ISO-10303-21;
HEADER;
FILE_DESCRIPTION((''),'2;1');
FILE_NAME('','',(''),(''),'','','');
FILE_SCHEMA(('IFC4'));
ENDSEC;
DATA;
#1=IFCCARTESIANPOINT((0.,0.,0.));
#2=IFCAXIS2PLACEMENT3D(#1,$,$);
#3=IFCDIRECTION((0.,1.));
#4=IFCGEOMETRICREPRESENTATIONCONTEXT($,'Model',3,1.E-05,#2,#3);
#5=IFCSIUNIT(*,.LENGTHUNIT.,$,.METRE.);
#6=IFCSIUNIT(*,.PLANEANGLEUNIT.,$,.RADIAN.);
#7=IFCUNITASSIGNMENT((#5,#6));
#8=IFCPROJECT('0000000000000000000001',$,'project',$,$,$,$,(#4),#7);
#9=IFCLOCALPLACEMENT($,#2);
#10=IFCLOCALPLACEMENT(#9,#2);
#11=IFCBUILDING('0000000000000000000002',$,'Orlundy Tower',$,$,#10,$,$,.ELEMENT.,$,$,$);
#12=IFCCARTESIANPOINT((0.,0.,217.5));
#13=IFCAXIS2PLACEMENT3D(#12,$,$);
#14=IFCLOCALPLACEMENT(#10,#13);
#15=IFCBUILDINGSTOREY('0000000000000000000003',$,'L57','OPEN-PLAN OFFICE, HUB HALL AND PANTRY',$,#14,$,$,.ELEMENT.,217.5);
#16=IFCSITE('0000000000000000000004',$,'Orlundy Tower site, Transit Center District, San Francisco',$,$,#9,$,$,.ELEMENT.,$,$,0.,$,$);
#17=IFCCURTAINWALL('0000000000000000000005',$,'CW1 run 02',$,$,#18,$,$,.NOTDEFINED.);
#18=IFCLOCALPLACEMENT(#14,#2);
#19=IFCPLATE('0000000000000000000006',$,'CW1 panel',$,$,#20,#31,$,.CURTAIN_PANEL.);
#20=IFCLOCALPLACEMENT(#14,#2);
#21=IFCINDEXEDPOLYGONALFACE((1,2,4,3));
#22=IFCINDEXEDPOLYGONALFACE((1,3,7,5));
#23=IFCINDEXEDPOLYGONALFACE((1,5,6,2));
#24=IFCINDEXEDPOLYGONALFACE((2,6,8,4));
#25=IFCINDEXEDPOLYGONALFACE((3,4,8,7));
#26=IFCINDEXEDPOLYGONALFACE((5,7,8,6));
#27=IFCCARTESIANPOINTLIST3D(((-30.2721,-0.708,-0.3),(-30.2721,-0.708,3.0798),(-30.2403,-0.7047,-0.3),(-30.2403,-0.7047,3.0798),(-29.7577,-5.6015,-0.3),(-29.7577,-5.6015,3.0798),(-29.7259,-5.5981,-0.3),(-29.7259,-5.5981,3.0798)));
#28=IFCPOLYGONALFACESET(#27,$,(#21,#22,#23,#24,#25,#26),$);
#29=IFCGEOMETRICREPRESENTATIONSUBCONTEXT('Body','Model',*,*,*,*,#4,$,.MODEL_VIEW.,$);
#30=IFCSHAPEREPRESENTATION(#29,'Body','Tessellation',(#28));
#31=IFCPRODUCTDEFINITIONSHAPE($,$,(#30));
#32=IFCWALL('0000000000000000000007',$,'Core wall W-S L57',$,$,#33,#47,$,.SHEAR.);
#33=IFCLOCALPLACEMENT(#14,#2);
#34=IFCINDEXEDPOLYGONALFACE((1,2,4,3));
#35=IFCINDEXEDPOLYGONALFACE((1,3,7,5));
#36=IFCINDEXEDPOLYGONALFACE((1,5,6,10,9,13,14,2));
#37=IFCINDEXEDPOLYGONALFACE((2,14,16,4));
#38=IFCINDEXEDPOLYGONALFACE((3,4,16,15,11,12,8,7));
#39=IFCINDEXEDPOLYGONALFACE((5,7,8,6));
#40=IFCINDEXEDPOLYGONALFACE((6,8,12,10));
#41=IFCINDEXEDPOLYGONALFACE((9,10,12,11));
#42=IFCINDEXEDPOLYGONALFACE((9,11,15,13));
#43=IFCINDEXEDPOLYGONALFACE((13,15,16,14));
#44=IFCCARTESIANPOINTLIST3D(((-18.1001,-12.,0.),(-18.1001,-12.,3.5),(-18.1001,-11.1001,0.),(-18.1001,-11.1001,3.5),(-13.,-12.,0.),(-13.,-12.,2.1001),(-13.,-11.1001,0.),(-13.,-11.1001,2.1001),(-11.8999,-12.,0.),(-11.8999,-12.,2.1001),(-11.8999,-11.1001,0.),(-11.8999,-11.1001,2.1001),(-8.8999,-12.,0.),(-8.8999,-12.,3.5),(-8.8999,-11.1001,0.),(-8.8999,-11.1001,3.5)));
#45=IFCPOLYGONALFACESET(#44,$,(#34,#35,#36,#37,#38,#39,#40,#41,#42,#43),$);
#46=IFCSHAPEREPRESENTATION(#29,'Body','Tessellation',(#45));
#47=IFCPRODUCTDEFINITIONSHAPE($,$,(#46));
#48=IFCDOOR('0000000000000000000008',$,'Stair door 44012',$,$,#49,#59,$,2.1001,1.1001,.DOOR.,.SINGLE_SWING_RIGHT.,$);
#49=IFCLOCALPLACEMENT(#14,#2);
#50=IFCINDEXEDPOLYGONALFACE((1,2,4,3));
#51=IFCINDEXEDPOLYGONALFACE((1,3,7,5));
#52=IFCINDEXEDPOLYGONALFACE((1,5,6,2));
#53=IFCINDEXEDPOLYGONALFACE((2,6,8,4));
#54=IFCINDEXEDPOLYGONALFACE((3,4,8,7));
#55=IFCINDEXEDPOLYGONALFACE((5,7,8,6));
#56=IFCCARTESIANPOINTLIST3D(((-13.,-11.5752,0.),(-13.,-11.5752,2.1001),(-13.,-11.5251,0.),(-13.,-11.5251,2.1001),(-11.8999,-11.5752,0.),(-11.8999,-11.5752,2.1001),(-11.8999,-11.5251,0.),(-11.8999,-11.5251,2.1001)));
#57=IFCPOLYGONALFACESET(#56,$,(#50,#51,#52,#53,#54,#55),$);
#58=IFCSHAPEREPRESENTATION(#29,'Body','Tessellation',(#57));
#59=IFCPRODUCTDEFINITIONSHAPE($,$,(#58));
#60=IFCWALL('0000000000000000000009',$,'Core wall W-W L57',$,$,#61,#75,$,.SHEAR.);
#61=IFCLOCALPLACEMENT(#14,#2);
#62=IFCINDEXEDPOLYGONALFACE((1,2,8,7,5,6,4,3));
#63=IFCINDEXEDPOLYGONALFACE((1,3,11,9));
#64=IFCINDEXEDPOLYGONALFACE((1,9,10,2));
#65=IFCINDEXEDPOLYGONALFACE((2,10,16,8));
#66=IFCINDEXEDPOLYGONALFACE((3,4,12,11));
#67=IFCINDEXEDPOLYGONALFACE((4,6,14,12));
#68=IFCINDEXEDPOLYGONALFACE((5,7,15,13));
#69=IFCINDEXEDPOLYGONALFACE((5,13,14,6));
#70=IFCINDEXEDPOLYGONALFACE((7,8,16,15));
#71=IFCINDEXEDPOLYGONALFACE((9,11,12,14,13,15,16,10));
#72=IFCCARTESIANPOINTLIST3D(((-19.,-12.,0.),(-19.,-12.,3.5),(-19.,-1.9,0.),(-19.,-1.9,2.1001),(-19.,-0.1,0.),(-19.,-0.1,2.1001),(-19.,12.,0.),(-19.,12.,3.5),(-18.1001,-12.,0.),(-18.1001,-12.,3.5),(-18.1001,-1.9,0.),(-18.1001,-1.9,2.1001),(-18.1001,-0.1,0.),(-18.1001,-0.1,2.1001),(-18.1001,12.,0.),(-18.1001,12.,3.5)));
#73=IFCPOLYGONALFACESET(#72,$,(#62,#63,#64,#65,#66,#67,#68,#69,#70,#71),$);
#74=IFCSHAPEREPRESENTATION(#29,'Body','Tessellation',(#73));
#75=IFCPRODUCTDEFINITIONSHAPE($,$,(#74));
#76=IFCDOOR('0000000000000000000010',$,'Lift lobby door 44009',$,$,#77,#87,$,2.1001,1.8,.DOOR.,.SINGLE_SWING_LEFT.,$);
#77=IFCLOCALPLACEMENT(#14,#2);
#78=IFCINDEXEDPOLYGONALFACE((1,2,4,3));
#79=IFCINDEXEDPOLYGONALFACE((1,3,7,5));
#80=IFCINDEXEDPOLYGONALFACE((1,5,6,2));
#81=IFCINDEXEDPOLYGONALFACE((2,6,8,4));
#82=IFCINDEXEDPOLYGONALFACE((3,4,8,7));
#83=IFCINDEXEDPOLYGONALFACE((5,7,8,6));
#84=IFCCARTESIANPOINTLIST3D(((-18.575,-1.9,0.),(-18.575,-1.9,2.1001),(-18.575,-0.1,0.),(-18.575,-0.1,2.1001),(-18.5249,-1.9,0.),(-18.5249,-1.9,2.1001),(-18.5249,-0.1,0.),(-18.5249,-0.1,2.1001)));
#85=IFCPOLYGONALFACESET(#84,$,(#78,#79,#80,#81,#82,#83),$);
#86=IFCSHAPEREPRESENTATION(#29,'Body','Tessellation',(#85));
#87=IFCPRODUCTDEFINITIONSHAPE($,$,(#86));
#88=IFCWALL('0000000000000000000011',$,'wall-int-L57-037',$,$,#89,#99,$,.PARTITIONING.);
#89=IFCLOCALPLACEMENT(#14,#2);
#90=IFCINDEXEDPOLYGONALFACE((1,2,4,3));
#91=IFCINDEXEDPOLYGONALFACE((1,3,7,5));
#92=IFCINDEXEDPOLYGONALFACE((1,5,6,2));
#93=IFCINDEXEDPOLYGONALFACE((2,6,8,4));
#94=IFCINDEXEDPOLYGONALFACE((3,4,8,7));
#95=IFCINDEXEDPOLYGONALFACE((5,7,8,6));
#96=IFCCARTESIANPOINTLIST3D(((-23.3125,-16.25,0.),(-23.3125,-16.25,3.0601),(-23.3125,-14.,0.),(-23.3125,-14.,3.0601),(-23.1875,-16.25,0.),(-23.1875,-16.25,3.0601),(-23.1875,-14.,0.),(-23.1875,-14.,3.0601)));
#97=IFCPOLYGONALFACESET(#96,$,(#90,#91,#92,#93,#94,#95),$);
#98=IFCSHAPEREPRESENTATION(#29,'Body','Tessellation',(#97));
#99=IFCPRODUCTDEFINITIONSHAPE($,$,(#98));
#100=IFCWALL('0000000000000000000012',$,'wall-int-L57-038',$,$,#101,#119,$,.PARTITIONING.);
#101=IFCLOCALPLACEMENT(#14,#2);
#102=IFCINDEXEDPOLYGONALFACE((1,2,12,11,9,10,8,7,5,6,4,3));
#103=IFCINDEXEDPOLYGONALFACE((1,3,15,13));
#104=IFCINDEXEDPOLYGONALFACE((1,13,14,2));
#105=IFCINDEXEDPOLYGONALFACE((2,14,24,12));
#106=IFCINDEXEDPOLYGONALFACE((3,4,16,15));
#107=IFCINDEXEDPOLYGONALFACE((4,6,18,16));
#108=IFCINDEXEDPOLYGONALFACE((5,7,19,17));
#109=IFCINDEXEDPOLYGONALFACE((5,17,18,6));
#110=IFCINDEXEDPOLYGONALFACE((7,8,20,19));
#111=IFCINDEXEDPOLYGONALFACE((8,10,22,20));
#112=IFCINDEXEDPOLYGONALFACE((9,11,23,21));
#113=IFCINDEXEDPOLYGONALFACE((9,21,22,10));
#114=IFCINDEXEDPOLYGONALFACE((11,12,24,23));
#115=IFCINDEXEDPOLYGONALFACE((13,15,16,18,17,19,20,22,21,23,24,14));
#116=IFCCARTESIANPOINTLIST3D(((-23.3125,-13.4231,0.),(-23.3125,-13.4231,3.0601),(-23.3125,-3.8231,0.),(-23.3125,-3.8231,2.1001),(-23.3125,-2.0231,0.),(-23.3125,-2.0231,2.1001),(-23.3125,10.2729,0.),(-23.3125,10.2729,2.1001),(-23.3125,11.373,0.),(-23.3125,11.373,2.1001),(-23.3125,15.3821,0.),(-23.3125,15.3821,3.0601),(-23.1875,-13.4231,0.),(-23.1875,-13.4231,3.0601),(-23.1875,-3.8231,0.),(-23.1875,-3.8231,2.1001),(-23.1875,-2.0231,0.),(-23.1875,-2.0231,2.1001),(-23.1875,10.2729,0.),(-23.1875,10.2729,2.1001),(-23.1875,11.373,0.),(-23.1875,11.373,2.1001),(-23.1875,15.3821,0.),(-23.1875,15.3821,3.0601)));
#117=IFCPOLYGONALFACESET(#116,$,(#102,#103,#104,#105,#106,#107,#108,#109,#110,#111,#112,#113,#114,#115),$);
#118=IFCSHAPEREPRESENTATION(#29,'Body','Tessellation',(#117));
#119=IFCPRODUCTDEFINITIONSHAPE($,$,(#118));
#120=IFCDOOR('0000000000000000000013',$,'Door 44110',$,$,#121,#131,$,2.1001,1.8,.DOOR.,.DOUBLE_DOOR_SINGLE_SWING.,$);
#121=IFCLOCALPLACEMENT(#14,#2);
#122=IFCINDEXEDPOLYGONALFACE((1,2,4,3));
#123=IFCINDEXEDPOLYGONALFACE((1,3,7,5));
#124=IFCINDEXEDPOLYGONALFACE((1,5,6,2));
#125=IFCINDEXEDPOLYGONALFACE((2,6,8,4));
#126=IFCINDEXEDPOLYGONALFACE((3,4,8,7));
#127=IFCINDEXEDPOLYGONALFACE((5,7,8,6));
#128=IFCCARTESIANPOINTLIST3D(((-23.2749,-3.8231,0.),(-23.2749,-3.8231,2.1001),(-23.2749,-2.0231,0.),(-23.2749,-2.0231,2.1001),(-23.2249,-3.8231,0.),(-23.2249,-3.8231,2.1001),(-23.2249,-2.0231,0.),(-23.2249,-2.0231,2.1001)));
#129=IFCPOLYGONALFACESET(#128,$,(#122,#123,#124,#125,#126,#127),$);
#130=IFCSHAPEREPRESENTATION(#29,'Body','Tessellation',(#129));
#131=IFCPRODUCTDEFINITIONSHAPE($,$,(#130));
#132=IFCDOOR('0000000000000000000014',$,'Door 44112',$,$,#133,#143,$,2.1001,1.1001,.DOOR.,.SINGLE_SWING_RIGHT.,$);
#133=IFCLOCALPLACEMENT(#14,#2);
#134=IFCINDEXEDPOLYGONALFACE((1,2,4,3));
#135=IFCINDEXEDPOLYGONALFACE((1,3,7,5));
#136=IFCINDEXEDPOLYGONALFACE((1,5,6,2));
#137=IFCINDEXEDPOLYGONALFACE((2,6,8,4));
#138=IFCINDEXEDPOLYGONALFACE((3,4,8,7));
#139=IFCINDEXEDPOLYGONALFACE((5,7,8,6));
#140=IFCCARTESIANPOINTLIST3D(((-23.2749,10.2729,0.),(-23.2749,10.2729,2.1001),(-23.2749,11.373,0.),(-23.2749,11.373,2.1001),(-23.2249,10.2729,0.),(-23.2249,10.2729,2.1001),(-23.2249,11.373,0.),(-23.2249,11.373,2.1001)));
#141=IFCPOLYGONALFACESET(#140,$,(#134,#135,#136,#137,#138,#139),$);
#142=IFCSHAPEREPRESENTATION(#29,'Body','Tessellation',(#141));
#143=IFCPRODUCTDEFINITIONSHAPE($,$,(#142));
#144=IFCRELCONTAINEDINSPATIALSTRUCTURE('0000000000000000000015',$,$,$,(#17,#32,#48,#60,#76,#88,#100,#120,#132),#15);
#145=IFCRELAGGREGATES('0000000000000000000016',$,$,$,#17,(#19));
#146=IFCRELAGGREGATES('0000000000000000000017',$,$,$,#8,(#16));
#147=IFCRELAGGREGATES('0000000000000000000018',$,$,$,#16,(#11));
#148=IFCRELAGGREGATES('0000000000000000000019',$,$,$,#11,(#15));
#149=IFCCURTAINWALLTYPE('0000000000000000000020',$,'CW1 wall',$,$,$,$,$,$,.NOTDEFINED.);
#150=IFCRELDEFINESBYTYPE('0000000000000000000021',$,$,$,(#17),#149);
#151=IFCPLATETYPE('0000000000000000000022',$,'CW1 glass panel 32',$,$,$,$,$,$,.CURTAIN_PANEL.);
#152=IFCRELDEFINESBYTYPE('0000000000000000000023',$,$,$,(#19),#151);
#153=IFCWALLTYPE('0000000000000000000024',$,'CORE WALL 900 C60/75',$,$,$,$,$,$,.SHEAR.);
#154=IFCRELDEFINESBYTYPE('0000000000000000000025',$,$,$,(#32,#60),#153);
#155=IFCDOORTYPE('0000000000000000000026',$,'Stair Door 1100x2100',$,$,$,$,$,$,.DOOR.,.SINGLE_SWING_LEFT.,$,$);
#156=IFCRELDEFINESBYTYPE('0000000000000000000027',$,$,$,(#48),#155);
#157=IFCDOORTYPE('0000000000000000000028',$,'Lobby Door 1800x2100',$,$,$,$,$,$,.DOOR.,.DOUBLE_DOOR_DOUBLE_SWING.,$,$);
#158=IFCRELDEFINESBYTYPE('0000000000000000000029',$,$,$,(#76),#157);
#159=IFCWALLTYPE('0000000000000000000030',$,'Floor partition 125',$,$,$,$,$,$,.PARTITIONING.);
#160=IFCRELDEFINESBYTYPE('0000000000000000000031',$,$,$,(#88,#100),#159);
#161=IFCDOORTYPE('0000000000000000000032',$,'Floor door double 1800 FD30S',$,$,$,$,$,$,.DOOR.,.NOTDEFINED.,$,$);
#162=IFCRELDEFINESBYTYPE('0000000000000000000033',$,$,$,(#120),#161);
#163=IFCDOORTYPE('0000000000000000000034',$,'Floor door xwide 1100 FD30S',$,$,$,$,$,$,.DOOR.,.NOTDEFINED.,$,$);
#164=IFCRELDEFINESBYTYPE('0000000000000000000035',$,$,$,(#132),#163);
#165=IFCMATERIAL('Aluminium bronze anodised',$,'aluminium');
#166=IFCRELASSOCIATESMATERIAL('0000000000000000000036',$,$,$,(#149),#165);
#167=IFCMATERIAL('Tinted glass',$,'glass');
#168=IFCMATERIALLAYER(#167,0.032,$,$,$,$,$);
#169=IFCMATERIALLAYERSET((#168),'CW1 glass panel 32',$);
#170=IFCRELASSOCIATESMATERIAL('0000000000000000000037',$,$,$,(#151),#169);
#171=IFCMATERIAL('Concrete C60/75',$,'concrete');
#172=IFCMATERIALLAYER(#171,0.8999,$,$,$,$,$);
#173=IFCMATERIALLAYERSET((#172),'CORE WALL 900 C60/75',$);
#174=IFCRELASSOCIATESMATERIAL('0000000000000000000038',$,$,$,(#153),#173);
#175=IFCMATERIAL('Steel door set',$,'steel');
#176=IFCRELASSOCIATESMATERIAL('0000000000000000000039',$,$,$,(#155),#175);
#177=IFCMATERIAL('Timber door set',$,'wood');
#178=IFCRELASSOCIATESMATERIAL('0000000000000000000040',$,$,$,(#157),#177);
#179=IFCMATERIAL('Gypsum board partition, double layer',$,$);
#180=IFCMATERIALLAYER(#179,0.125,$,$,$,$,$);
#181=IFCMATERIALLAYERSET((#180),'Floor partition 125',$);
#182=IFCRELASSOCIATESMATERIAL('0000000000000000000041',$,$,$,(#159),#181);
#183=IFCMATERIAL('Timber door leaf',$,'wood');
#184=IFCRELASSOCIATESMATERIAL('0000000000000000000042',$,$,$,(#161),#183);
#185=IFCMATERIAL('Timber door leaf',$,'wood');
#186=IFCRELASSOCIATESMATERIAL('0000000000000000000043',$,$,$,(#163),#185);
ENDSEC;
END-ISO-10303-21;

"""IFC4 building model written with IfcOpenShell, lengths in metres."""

from ifc_helpers import new_model, si_unit, direction, frame, frame_2d, origin, origin_2d, place, context, subcontext, project, spatial, rectangle, extrude, material, layer, layer_set, type_object, element, fill, aggregate, save


model = new_model("IFC4")

# Units and contexts
model_context = context("Model", 3, precision=1e-05, world=origin(), true_north=direction((0.0, 1.0)))
body_context = subcontext(model_context, "Body", "Model", "MODEL_VIEW")
ifc_project = project(units=[si_unit("LENGTHUNIT", "METRE"), si_unit("PLANEANGLEUNIT", "RADIAN")], contexts=[model_context])

# Site, building, storey
site_placement = place(None, origin())
site = spatial("IfcSite", under=ifc_project, at=site_placement, Name="Orlundy Tower site, Transit Center District, San Francisco", CompositionType="ELEMENT", RefElevation=0.0)
building_placement = place(site_placement, origin())
building = spatial("IfcBuilding", under=site, at=building_placement, Name="Orlundy Tower", CompositionType="ELEMENT")
storey_placement = place(building_placement, frame((0.0, 0.0, 217.5)))
storey = spatial("IfcBuildingStorey", under=building, at=storey_placement, Name="L57", Description="OPEN-PLAN OFFICE, HUB HALL AND PANTRY", CompositionType="ELEMENT", Elevation=217.5)

# Curtain wall
ifc_material_1 = material(Name="Aluminium bronze anodised", Category="aluminium")
curtain_wall_type = type_object("IfcCurtainWallType", Name="CW1 wall", PredefinedType="NOTDEFINED", material=ifc_material_1)
curtain_wall_1_placement = place(storey_placement, origin())
curtain_wall_1 = element("IfcCurtainWall", 1, at=curtain_wall_1_placement, inside=storey, type_object=curtain_wall_type, Name="CW1 run 02", PredefinedType="NOTDEFINED")

# Plate
ifc_material_2 = material(Name="Tinted glass", Category="glass")
ifc_layer_1 = layer(ifc_material_2, 0.032)
ifc_layer_set_1 = layer_set([ifc_layer_1], Name="CW1 glass panel 32")
plate_type = type_object("IfcPlateType", Name="CW1 glass panel 32", PredefinedType="CURTAIN_PANEL", material=ifc_layer_set_1)
plate_1_placement = place(storey_placement, frame((-29.999, -3.1531, -0.3), z_axis=(0.0, 0.0, 1.0), x_axis=(-0.104538, 0.994521, 0.0)))
plate_1 = element("IfcPlate", 2, at=plate_1_placement, type_object=plate_type, Name="CW1 panel", PredefinedType="CURTAIN_PANEL", context=body_context, shape_type="SweptSolid", body=[
    extrude(rectangle(XDim=4.9204, YDim=0.032, at=origin_2d()), origin(), (0.0, 0.0, 1.0), 3.3799),
])
aggregate(curtain_wall_1, [plate_1])

# Walls, openings, doors
ifc_material_3 = material(Name="Concrete C60/75", Category="concrete")
ifc_layer_2 = layer(ifc_material_3, 0.8999)
ifc_layer_set_2 = layer_set([ifc_layer_2], Name="CORE WALL 900 C60/75")
wall_type_1 = type_object("IfcWallType", Name="CORE WALL 900 C60/75", PredefinedType="SHEAR", material=ifc_layer_set_2)
wall_1_placement = place(storey_placement, frame((-18.1001, -11.55, 0.0), z_axis=(0.0, 0.0, 1.0), x_axis=(1.0, 0.0, 0.0)))
wall_1 = element("IfcWall", 3, at=wall_1_placement, inside=storey, type_object=wall_type_1, Name="Core wall W-S L57", PredefinedType="SHEAR", context=body_context, shape_type="SweptSolid", body=[
    extrude(rectangle(XDim=9.2002, YDim=0.8999, at=frame_2d((4.6001, 0.0))), origin(), (0.0, 0.0, 1.0), 3.5),
])
opening_1_placement = place(wall_1_placement, frame((5.1001, 0.0, 0.0)))
opening_1 = element("IfcOpeningElement", 4, at=opening_1_placement, cuts=wall_1, PredefinedType="OPENING", context=body_context, shape_type="SweptSolid", body=[
    extrude(rectangle(XDim=1.1001, YDim=2.1001, at=frame_2d((0.55, 1.05))), frame((0.0, 0.46, 0.0), z_axis=(0.0, -1.0, 0.0), x_axis=(1.0, 0.0, 0.0)), (0.0, 0.0, 1.0), 0.9199),
])
ifc_material_4 = material(Name="Steel door set", Category="steel")
door_type_1 = type_object("IfcDoorType", Name="Stair Door 1100x2100", OperationType="SINGLE_SWING_LEFT", PredefinedType="DOOR", material=ifc_material_4)
door_1_placement = place(opening_1_placement, origin())
door_1 = element("IfcDoor", 5, at=door_1_placement, inside=storey, type_object=door_type_1, Name="Stair door 44012", OperationType="SINGLE_SWING_RIGHT", OverallHeight=2.1001, OverallWidth=1.1001, PredefinedType="DOOR", context=body_context, shape_type="SweptSolid", body=[
    extrude(rectangle(XDim=1.1001, YDim=2.1001, at=frame_2d((0.55, 1.05))), frame((0.0, 0.0249, 0.0), z_axis=(0.0, -1.0, 0.0), x_axis=(1.0, 0.0, 0.0)), (0.0, 0.0, 1.0), 0.05),
])
fill(opening_1, door_1)
wall_2_placement = place(storey_placement, frame((-18.55, -12.0, 0.0), z_axis=(0.0, 0.0, 1.0), x_axis=(0.0, 1.0, 0.0)))
wall_2 = element("IfcWall", 6, at=wall_2_placement, inside=storey, type_object=wall_type_1, Name="Core wall W-W L57", PredefinedType="SHEAR", context=body_context, shape_type="SweptSolid", body=[
    extrude(rectangle(XDim=24.0, YDim=0.8999, at=frame_2d((12.0, 0.0))), origin(), (0.0, 0.0, 1.0), 3.5),
])
opening_2_placement = place(wall_2_placement, frame((10.1001, 0.0, 0.0)))
opening_2 = element("IfcOpeningElement", 7, at=opening_2_placement, cuts=wall_2, PredefinedType="OPENING", context=body_context, shape_type="SweptSolid", body=[
    extrude(rectangle(XDim=1.8, YDim=2.1001, at=frame_2d((0.8999, 1.05))), frame((0.0, 0.46, 0.0), z_axis=(0.0, -1.0, 0.0), x_axis=(1.0, 0.0, 0.0)), (0.0, 0.0, 1.0), 0.9199),
])
ifc_material_5 = material(Name="Timber door set", Category="wood")
door_type_2 = type_object("IfcDoorType", Name="Lobby Door 1800x2100", OperationType="DOUBLE_DOOR_DOUBLE_SWING", PredefinedType="DOOR", material=ifc_material_5)
door_2_placement = place(opening_2_placement, origin())
door_2 = element("IfcDoor", 8, at=door_2_placement, inside=storey, type_object=door_type_2, Name="Lift lobby door 44009", OperationType="SINGLE_SWING_LEFT", OverallHeight=2.1001, OverallWidth=1.8, PredefinedType="DOOR", context=body_context, shape_type="SweptSolid", body=[
    extrude(rectangle(XDim=1.8, YDim=2.1001, at=frame_2d((0.8999, 1.05))), frame((0.0, 0.0249, 0.0), z_axis=(0.0, -1.0, 0.0), x_axis=(1.0, 0.0, 0.0)), (0.0, 0.0, 1.0), 0.05),
])
fill(opening_2, door_2)

# Wall
ifc_material_6 = material(Name="Gypsum board partition, double layer")
ifc_layer_3 = layer(ifc_material_6, 0.125)
ifc_layer_set_3 = layer_set([ifc_layer_3], Name="Floor partition 125")
wall_type_2 = type_object("IfcWallType", Name="Floor partition 125", PredefinedType="PARTITIONING", material=ifc_layer_set_3)
wall_3_placement = place(storey_placement, frame((-23.25, -16.25, 0.0), z_axis=(0.0, 0.0, 1.0), x_axis=(0.0, 1.0, 0.0)))
element("IfcWall", 9, at=wall_3_placement, inside=storey, type_object=wall_type_2, Name="wall-int-L57-037", PredefinedType="PARTITIONING", context=body_context, shape_type="SweptSolid", body=[
    extrude(rectangle(XDim=2.25, YDim=0.125, at=frame_2d((1.125, 0.0))), origin(), (0.0, 0.0, 1.0), 3.0601),
])

# Wall, openings, doors
wall_4_placement = place(storey_placement, frame((-23.25, -13.4231, 0.0), z_axis=(0.0, 0.0, 1.0), x_axis=(0.0, 1.0, 0.0)))
wall_4 = element("IfcWall", 10, at=wall_4_placement, inside=storey, type_object=wall_type_2, Name="wall-int-L57-038", PredefinedType="PARTITIONING", context=body_context, shape_type="SweptSolid", body=[
    extrude(rectangle(XDim=28.8052, YDim=0.125, at=frame_2d((14.4026, 0.0))), origin(), (0.0, 0.0, 1.0), 3.0601),
])
opening_3_placement = place(wall_4_placement, frame((9.6001, 0.0, 0.0)))
opening_3 = element("IfcOpeningElement", 11, at=opening_3_placement, cuts=wall_4, PredefinedType="OPENING", context=body_context, shape_type="SweptSolid", body=[
    extrude(rectangle(XDim=1.8, YDim=2.1001, at=frame_2d((0.8999, 1.05))), frame((0.0, 0.0725, 0.0), z_axis=(0.0, -1.0, 0.0), x_axis=(1.0, 0.0, 0.0)), (0.0, 0.0, 1.0), 0.145),
])
opening_4_placement = place(wall_4_placement, frame((23.696, 0.0, 0.0)))
opening_4 = element("IfcOpeningElement", 12, at=opening_4_placement, cuts=wall_4, PredefinedType="OPENING", context=body_context, shape_type="SweptSolid", body=[
    extrude(rectangle(XDim=1.1001, YDim=2.1001, at=frame_2d((0.55, 1.05))), frame((0.0, 0.0725, 0.0), z_axis=(0.0, -1.0, 0.0), x_axis=(1.0, 0.0, 0.0)), (0.0, 0.0, 1.0), 0.145),
])
ifc_material_7 = material(Name="Timber door leaf", Category="wood")
door_type_3 = type_object("IfcDoorType", Name="Floor door double 1800 FD30S", OperationType="NOTDEFINED", PredefinedType="DOOR", material=ifc_material_7)
door_3_placement = place(opening_3_placement, origin())
door_3 = element("IfcDoor", 13, at=door_3_placement, inside=storey, type_object=door_type_3, Name="Door 44110", OperationType="DOUBLE_DOOR_SINGLE_SWING", OverallHeight=2.1001, OverallWidth=1.8, PredefinedType="DOOR", context=body_context, shape_type="SweptSolid", body=[
    extrude(rectangle(XDim=1.8, YDim=2.1001, at=frame_2d((0.8999, 1.05))), frame((0.0, 0.0249, 0.0), z_axis=(0.0, -1.0, 0.0), x_axis=(1.0, 0.0, 0.0)), (0.0, 0.0, 1.0), 0.05),
])
fill(opening_3, door_3)
ifc_material_8 = material(Name="Timber door leaf", Category="wood")
door_type_4 = type_object("IfcDoorType", Name="Floor door xwide 1100 FD30S", OperationType="NOTDEFINED", PredefinedType="DOOR", material=ifc_material_8)
door_4_placement = place(opening_4_placement, origin())
door_4 = element("IfcDoor", 14, at=door_4_placement, inside=storey, type_object=door_type_4, Name="Door 44112", OperationType="SINGLE_SWING_RIGHT", OverallHeight=2.1001, OverallWidth=1.1001, PredefinedType="DOOR", context=body_context, shape_type="SweptSolid", body=[
    extrude(rectangle(XDim=1.1001, YDim=2.1001, at=frame_2d((0.55, 1.05))), frame((0.0, 0.0249, 0.0), z_axis=(0.0, -1.0, 0.0), x_axis=(1.0, 0.0, 0.0)), (0.0, 0.0, 1.0), 0.05),
])
fill(opening_4, door_4)

save(model, "model.ifc")
